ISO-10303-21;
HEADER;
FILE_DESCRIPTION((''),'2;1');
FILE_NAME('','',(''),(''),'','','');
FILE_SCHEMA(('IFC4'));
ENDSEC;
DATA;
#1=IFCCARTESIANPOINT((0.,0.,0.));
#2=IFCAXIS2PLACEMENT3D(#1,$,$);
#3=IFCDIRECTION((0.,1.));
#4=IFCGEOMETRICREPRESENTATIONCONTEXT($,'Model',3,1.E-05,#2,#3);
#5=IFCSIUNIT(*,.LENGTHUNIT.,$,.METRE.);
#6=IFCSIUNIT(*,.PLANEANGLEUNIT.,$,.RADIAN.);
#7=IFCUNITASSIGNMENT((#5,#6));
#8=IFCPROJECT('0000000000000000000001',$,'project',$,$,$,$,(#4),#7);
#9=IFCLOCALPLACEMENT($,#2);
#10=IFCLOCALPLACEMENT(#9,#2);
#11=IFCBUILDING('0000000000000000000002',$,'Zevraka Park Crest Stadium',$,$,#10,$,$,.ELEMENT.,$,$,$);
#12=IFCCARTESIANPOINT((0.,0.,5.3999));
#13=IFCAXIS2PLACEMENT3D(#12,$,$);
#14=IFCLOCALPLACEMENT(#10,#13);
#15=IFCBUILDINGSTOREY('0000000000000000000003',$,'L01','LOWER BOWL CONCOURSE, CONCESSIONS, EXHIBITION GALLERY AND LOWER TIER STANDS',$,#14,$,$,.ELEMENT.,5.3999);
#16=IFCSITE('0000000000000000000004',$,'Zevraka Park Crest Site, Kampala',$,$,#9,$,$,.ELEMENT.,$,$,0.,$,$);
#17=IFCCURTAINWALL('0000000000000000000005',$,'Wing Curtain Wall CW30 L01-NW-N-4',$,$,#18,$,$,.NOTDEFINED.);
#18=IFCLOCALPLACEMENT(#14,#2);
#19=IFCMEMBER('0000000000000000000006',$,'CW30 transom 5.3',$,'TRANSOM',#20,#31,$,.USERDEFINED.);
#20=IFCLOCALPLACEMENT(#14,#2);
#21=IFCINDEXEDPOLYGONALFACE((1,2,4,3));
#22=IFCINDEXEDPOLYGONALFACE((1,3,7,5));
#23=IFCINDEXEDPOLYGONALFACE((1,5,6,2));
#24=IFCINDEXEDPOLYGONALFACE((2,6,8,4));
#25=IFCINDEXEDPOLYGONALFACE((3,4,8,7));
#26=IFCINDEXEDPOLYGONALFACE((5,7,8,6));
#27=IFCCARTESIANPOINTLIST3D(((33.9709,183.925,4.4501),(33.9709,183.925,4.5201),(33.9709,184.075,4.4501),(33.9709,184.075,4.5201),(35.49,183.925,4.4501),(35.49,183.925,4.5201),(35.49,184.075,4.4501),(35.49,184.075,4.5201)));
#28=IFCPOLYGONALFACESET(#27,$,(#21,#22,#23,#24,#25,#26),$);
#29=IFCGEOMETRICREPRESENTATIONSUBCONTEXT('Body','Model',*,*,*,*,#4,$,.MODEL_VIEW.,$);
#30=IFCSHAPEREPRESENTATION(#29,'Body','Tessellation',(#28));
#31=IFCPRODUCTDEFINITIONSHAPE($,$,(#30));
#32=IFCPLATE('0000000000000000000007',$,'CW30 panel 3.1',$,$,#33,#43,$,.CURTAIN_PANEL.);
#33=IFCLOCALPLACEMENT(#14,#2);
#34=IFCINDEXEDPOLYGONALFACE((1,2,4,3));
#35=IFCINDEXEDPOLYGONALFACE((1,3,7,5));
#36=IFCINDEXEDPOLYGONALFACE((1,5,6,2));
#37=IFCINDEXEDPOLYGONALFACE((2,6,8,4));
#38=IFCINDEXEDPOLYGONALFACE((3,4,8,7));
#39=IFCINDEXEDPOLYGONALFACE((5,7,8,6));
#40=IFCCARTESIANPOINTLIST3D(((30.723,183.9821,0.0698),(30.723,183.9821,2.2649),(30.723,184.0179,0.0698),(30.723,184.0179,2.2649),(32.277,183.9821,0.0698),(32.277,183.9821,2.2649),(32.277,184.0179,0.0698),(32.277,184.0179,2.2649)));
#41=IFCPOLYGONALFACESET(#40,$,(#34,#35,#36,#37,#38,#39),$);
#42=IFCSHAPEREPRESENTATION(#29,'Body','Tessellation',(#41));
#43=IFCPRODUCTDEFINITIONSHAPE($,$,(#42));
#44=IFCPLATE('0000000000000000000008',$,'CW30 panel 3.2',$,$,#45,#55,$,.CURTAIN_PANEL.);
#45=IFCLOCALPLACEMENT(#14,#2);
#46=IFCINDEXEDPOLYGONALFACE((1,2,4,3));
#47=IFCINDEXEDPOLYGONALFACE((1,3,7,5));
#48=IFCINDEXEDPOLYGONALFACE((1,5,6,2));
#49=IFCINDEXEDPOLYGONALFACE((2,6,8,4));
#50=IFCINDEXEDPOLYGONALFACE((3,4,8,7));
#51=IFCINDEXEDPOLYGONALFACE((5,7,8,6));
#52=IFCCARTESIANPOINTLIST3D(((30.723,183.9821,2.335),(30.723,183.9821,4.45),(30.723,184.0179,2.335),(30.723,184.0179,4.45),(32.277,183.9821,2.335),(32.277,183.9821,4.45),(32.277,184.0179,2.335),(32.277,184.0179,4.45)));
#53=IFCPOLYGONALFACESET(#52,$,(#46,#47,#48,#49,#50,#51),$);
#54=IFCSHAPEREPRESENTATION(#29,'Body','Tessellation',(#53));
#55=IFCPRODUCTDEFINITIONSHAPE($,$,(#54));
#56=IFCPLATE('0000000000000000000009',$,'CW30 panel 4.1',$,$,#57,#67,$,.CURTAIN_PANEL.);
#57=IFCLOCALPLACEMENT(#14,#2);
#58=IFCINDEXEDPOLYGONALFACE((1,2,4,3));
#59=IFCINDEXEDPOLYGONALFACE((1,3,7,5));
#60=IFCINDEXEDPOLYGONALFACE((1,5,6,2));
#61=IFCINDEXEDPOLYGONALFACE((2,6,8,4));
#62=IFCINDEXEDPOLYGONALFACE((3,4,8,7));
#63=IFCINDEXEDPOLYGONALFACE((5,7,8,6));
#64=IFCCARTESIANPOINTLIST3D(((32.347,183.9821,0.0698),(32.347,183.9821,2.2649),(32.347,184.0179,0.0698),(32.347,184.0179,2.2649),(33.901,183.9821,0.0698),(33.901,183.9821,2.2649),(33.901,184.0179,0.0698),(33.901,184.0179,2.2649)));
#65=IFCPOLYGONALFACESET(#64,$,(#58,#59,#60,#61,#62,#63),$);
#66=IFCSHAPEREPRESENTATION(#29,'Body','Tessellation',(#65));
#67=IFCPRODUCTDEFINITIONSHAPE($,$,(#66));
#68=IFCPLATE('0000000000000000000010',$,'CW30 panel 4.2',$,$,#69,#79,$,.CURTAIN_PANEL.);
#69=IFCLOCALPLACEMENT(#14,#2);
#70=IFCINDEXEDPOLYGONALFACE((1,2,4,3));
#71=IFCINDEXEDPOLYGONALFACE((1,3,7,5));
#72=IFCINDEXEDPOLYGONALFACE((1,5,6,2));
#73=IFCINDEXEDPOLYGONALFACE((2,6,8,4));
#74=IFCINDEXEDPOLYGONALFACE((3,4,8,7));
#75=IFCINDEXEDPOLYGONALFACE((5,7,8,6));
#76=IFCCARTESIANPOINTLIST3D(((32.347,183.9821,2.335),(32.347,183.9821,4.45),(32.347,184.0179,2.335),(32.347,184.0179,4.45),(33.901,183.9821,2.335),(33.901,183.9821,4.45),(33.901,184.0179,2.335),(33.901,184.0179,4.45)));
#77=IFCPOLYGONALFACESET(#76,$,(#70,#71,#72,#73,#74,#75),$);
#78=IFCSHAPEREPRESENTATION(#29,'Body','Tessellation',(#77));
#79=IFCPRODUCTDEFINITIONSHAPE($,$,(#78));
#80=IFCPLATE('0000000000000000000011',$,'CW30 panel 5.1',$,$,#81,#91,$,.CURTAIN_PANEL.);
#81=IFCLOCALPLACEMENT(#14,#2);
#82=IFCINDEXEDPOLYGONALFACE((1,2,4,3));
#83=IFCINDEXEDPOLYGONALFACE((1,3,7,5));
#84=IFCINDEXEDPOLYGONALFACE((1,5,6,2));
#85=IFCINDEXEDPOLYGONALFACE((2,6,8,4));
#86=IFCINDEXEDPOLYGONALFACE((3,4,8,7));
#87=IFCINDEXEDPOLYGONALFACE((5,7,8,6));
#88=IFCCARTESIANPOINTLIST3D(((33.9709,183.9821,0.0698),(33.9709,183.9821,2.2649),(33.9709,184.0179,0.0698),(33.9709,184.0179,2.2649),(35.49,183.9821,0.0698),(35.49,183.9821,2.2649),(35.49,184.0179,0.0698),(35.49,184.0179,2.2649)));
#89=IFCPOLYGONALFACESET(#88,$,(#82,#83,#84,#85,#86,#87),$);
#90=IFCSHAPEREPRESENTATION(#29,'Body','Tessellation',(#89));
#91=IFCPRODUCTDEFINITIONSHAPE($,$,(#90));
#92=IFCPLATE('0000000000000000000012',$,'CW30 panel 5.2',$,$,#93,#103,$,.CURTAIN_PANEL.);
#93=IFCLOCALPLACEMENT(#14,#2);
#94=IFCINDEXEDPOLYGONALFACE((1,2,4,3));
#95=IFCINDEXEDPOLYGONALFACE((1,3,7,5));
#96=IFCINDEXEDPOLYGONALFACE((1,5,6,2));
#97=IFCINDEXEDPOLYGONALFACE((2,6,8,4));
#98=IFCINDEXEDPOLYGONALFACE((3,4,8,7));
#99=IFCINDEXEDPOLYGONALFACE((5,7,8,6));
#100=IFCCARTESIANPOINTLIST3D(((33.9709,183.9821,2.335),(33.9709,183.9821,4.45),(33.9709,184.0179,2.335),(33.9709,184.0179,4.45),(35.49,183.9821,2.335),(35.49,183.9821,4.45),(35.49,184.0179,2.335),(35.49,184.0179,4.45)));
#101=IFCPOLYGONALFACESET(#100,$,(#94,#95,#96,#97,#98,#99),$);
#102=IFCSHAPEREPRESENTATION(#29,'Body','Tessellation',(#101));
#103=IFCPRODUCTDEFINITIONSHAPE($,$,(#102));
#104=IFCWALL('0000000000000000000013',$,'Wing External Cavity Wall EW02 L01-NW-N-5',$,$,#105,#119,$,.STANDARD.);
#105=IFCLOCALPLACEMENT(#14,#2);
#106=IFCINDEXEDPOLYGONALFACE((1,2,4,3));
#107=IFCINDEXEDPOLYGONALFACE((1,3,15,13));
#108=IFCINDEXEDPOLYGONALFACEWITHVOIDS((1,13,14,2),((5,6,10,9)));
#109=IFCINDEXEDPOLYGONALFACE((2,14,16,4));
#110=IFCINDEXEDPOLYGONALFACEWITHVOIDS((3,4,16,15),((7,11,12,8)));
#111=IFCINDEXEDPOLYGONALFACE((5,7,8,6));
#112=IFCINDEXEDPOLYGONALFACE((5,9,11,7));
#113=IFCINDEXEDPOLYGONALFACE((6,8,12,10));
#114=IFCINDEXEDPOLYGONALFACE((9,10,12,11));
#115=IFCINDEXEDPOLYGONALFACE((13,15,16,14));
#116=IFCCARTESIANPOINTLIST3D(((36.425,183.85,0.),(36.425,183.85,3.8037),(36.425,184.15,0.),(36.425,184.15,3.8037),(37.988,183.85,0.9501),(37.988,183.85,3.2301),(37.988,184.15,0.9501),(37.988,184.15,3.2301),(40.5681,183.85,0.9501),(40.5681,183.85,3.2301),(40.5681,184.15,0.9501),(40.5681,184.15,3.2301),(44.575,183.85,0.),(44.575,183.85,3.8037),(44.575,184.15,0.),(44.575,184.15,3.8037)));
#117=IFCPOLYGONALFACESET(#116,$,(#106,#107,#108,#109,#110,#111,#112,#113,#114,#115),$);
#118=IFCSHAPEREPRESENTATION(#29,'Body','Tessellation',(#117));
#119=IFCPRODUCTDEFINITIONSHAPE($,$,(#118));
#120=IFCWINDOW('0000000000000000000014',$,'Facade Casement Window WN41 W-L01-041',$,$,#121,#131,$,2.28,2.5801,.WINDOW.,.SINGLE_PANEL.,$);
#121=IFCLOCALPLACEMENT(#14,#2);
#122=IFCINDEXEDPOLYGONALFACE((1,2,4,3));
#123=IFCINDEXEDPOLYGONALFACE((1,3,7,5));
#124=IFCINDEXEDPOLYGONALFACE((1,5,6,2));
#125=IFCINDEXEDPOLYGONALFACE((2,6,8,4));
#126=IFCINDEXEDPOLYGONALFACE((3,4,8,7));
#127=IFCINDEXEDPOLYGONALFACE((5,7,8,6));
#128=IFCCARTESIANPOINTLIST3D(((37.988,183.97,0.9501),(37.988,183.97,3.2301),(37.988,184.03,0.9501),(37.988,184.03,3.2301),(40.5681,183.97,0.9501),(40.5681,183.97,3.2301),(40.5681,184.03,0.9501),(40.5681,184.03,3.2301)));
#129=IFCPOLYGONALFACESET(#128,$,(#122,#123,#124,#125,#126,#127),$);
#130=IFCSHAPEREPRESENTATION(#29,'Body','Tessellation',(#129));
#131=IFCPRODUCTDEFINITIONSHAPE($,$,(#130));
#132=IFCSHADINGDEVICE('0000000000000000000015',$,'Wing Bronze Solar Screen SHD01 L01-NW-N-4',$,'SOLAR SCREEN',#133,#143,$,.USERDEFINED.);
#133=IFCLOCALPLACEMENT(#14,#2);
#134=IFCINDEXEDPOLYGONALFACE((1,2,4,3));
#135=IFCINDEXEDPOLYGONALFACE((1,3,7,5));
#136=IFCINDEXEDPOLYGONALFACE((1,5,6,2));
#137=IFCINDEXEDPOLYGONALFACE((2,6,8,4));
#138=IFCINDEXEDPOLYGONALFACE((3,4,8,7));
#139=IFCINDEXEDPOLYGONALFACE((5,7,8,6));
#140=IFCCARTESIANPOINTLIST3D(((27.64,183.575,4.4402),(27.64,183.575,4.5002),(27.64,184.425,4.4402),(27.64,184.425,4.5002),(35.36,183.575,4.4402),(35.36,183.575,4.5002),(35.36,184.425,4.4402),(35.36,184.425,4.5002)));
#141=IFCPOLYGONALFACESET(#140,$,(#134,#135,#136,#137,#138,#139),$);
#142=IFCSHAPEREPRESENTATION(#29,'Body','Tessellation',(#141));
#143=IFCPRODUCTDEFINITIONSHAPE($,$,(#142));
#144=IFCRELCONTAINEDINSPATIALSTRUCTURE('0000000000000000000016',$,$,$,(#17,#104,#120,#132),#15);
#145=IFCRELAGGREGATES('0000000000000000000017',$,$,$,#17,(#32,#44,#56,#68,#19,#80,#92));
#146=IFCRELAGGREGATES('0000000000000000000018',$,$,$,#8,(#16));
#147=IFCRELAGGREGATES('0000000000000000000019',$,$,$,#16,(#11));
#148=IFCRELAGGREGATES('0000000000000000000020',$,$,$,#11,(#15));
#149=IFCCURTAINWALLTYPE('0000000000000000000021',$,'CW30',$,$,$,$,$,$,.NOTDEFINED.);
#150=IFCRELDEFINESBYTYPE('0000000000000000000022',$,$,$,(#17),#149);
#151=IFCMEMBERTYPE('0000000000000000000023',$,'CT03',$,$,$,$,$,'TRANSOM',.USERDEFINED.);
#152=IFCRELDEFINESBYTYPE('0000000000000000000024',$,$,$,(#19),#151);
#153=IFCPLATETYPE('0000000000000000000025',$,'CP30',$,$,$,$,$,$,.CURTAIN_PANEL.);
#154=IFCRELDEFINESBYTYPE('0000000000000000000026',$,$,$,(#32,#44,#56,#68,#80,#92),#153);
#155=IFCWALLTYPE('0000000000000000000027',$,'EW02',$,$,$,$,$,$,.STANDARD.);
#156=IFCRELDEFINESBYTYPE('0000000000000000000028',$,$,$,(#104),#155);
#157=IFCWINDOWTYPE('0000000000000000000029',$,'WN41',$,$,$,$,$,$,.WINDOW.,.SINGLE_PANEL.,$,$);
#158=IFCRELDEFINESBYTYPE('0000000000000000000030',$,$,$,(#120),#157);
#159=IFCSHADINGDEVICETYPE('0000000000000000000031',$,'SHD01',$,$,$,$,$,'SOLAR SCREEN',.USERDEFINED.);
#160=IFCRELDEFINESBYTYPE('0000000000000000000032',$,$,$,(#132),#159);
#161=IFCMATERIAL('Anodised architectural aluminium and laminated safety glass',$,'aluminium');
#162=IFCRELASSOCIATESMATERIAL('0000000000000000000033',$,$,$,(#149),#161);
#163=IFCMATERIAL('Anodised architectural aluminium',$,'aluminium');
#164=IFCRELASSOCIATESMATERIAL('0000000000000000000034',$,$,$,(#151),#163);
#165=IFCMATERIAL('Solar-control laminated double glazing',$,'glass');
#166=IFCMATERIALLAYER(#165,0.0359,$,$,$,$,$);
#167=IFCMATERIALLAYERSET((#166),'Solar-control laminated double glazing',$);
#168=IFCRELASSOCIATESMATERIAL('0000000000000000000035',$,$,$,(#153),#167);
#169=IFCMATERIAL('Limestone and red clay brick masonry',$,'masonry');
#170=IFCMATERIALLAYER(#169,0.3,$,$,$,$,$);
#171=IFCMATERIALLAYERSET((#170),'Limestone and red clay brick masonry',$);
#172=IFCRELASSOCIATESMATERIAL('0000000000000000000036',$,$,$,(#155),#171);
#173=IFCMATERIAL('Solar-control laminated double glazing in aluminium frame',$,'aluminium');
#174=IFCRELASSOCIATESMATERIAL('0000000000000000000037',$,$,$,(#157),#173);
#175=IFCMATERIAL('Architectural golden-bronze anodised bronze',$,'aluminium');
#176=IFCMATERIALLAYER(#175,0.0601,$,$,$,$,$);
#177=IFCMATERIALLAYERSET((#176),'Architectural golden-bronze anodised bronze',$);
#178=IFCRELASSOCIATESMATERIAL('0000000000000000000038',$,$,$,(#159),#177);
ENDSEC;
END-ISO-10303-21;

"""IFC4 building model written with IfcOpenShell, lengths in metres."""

from ifc_helpers import new_model, si_unit, direction, frame, frame_2d, origin, origin_2d, place, context, subcontext, project, spatial, rectangle, extrude, material, layer, layer_set, material_profile, profile_set, type_object, element, fill, aggregate, save


model = new_model("IFC4")

# Units and contexts
model_context = context("Model", 3, precision=1e-05, world=origin(), true_north=direction((0.0, 1.0)))
body_context = subcontext(model_context, "Body", "Model", "MODEL_VIEW")
ifc_project = project(units=[si_unit("LENGTHUNIT", "METRE"), si_unit("PLANEANGLEUNIT", "RADIAN")], contexts=[model_context])

# Site, building, storey
site_placement = place(None, origin())
site = spatial("IfcSite", under=ifc_project, at=site_placement, Name="Zevraka Park Crest Site, Kampala", CompositionType="ELEMENT", RefElevation=0.0)
building_placement = place(site_placement, origin())
building = spatial("IfcBuilding", under=site, at=building_placement, Name="Zevraka Park Crest Stadium", CompositionType="ELEMENT")
storey_placement = place(building_placement, frame((0.0, 0.0, 5.3999)))
storey = spatial("IfcBuildingStorey", under=building, at=storey_placement, Name="L01", Description="LOWER BOWL CONCOURSE, CONCESSIONS, EXHIBITION GALLERY AND LOWER TIER STANDS", CompositionType="ELEMENT", Elevation=5.3999)

# Curtain wall, member, plates
ifc_material_1 = material(Name="Anodised architectural aluminium and laminated safety glass", Category="aluminium")
curtain_wall_type = type_object("IfcCurtainWallType", Name="CW30", PredefinedType="NOTDEFINED", material=ifc_material_1)
curtain_wall_placement = place(storey_placement, origin())
curtain_wall = element("IfcCurtainWall", 1, at=curtain_wall_placement, inside=storey, type_object=curtain_wall_type, Name="Wing Curtain Wall CW30 L01-NW-N-4", PredefinedType="NOTDEFINED")
ifc_material_2 = material(Name="Anodised architectural aluminium", Category="aluminium")
ifc_material_profile_1 = material_profile(ifc_material_2, rectangle(XDim=0.1499, YDim=0.0701, at=origin_2d()), Name="ALU TRANSOM 150x70")
ifc_profile_set_1 = profile_set([ifc_material_profile_1], Name="Anodised architectural aluminium")
member_type_1 = type_object("IfcMemberType", Name="CT03", ElementType="TRANSOM", PredefinedType="USERDEFINED", material=ifc_profile_set_1)
member_1_placement = place(storey_placement, frame((33.9709, 184.0, 4.4851), z_axis=(1.0, 0.0, 0.0), x_axis=(0.0, 1.0, 0.0)))
member_1 = element("IfcMember", 2, at=member_1_placement, type_object=member_type_1, Name="CW30 transom 5.3", ObjectType="TRANSOM", PredefinedType="USERDEFINED", context=body_context, shape_type="SweptSolid", body=[
    extrude(rectangle(XDim=0.1499, YDim=0.0701, at=origin_2d()), origin(), (0.0, 0.0, 1.0), 1.519),
])
ifc_material_3 = material(Name="Solar-control laminated double glazing", Category="glass")
ifc_layer_1 = layer(ifc_material_3, 0.0359)
ifc_layer_set_1 = layer_set([ifc_layer_1], Name="Solar-control laminated double glazing")
plate_type = type_object("IfcPlateType", Name="CP30", PredefinedType="CURTAIN_PANEL", material=ifc_layer_set_1)
plate_1_placement = place(storey_placement, frame((31.5, 184.0, 0.0698), z_axis=(0.0, 0.0, 1.0), x_axis=(1.0, 0.0, 0.0)))
plate_1 = element("IfcPlate", 3, at=plate_1_placement, type_object=plate_type, Name="CW30 panel 3.1", PredefinedType="CURTAIN_PANEL", context=body_context, shape_type="SweptSolid", body=[
    extrude(rectangle(XDim=1.554, YDim=0.0359, at=origin_2d()), origin(), (0.0, 0.0, 1.0), 2.1951),
])
plate_2_placement = place(storey_placement, frame((31.5, 184.0, 2.335), z_axis=(0.0, 0.0, 1.0), x_axis=(1.0, 0.0, 0.0)))
plate_2 = element("IfcPlate", 4, at=plate_2_placement, type_object=plate_type, Name="CW30 panel 3.2", PredefinedType="CURTAIN_PANEL", context=body_context, shape_type="SweptSolid", body=[
    extrude(rectangle(XDim=1.554, YDim=0.0359, at=origin_2d()), origin(), (0.0, 0.0, 1.0), 2.115),
])
plate_3_placement = place(storey_placement, frame((33.124, 184.0, 0.0698), z_axis=(0.0, 0.0, 1.0), x_axis=(1.0, 0.0, 0.0)))
plate_3 = element("IfcPlate", 5, at=plate_3_placement, type_object=plate_type, Name="CW30 panel 4.1", PredefinedType="CURTAIN_PANEL", context=body_context, shape_type="SweptSolid", body=[
    extrude(rectangle(XDim=1.554, YDim=0.0359, at=origin_2d()), origin(), (0.0, 0.0, 1.0), 2.1951),
])
plate_4_placement = place(storey_placement, frame((33.124, 184.0, 2.335), z_axis=(0.0, 0.0, 1.0), x_axis=(1.0, 0.0, 0.0)))
plate_4 = element("IfcPlate", 6, at=plate_4_placement, type_object=plate_type, Name="CW30 panel 4.2", PredefinedType="CURTAIN_PANEL", context=body_context, shape_type="SweptSolid", body=[
    extrude(rectangle(XDim=1.554, YDim=0.0359, at=origin_2d()), origin(), (0.0, 0.0, 1.0), 2.115),
])
plate_5_placement = place(storey_placement, frame((34.7305, 184.0, 0.0698), z_axis=(0.0, 0.0, 1.0), x_axis=(1.0, 0.0, 0.0)))
plate_5 = element("IfcPlate", 7, at=plate_5_placement, type_object=plate_type, Name="CW30 panel 5.1", PredefinedType="CURTAIN_PANEL", context=body_context, shape_type="SweptSolid", body=[
    extrude(rectangle(XDim=1.519, YDim=0.0359, at=origin_2d()), origin(), (0.0, 0.0, 1.0), 2.1951),
])
plate_6_placement = place(storey_placement, frame((34.7305, 184.0, 2.335), z_axis=(0.0, 0.0, 1.0), x_axis=(1.0, 0.0, 0.0)))
plate_6 = element("IfcPlate", 8, at=plate_6_placement, type_object=plate_type, Name="CW30 panel 5.2", PredefinedType="CURTAIN_PANEL", context=body_context, shape_type="SweptSolid", body=[
    extrude(rectangle(XDim=1.519, YDim=0.0359, at=origin_2d()), origin(), (0.0, 0.0, 1.0), 2.115),
])
aggregate(curtain_wall, [plate_1, plate_2, plate_3, plate_4, member_1, plate_5, plate_6])

# Wall, opening, window
ifc_material_4 = material(Name="Limestone and red clay brick masonry", Category="masonry")
ifc_layer_2 = layer(ifc_material_4, 0.3)
ifc_layer_set_2 = layer_set([ifc_layer_2], Name="Limestone and red clay brick masonry")
wall_type = type_object("IfcWallType", Name="EW02", PredefinedType="STANDARD", material=ifc_layer_set_2)
wall_placement = place(storey_placement, frame((36.425, 184.0, 0.0), z_axis=(0.0, 0.0, 1.0), x_axis=(1.0, 0.0, 0.0)))
wall = element("IfcWall", 9, at=wall_placement, inside=storey, type_object=wall_type, Name="Wing External Cavity Wall EW02 L01-NW-N-5", PredefinedType="STANDARD", context=body_context, shape_type="SweptSolid", body=[
    extrude(rectangle(XDim=8.1499, YDim=0.3, at=frame_2d((4.075, 0.0))), origin(), (0.0, 0.0, 1.0), 3.8037),
])
opening_placement = place(wall_placement, frame((1.563, 0.0, 0.95)))
opening = element("IfcOpeningElement", 10, at=opening_placement, cuts=wall, PredefinedType="OPENING", context=body_context, shape_type="SweptSolid", body=[
    extrude(rectangle(XDim=2.5801, YDim=2.28, at=frame_2d((1.29, 1.1401))), frame((0.0, 0.1599, 0.0), z_axis=(0.0, -1.0, 0.0), x_axis=(1.0, 0.0, 0.0)), (0.0, 0.0, 1.0), 0.3201),
])
ifc_material_5 = material(Name="Solar-control laminated double glazing in aluminium frame", Category="aluminium")
window_type = type_object("IfcWindowType", Name="WN41", PartitioningType="SINGLE_PANEL", PredefinedType="WINDOW", material=ifc_material_5)
window_placement = place(opening_placement, origin())
window = element("IfcWindow", 11, at=window_placement, inside=storey, type_object=window_type, Name="Facade Casement Window WN41 W-L01-041", OverallHeight=2.28, OverallWidth=2.5801, PartitioningType="SINGLE_PANEL", PredefinedType="WINDOW", context=body_context, shape_type="SweptSolid", body=[
    extrude(rectangle(XDim=2.5801, YDim=2.28, at=frame_2d((1.29, 1.1401))), frame((0.0, 0.03, 0.0), z_axis=(0.0, -1.0, 0.0), x_axis=(1.0, 0.0, 0.0)), (0.0, 0.0, 1.0), 0.0601),
])
fill(opening, window)

# Shading device
ifc_material_6 = material(Name="Architectural golden-bronze anodised bronze", Category="aluminium")
ifc_layer_3 = layer(ifc_material_6, 0.0601)
ifc_layer_set_3 = layer_set([ifc_layer_3], Name="Architectural golden-bronze anodised bronze")
shading_device_type = type_object("IfcShadingDeviceType", Name="SHD01", ElementType="SOLAR SCREEN", PredefinedType="USERDEFINED", material=ifc_layer_set_3)
shading_device_placement = place(storey_placement, frame((31.5, 184.0, 4.4402), z_axis=(0.0, 0.0, 1.0), x_axis=(1.0, 0.0, 0.0)))
element("IfcShadingDevice", 12, at=shading_device_placement, inside=storey, type_object=shading_device_type, Name="Wing Bronze Solar Screen SHD01 L01-NW-N-4", ObjectType="SOLAR SCREEN", PredefinedType="USERDEFINED", context=body_context, shape_type="SweptSolid", body=[
    extrude(rectangle(XDim=7.72, YDim=0.8501, at=origin_2d()), origin(), (0.0, 0.0, 1.0), 0.0601),
])

save(model, "model.ifc")
